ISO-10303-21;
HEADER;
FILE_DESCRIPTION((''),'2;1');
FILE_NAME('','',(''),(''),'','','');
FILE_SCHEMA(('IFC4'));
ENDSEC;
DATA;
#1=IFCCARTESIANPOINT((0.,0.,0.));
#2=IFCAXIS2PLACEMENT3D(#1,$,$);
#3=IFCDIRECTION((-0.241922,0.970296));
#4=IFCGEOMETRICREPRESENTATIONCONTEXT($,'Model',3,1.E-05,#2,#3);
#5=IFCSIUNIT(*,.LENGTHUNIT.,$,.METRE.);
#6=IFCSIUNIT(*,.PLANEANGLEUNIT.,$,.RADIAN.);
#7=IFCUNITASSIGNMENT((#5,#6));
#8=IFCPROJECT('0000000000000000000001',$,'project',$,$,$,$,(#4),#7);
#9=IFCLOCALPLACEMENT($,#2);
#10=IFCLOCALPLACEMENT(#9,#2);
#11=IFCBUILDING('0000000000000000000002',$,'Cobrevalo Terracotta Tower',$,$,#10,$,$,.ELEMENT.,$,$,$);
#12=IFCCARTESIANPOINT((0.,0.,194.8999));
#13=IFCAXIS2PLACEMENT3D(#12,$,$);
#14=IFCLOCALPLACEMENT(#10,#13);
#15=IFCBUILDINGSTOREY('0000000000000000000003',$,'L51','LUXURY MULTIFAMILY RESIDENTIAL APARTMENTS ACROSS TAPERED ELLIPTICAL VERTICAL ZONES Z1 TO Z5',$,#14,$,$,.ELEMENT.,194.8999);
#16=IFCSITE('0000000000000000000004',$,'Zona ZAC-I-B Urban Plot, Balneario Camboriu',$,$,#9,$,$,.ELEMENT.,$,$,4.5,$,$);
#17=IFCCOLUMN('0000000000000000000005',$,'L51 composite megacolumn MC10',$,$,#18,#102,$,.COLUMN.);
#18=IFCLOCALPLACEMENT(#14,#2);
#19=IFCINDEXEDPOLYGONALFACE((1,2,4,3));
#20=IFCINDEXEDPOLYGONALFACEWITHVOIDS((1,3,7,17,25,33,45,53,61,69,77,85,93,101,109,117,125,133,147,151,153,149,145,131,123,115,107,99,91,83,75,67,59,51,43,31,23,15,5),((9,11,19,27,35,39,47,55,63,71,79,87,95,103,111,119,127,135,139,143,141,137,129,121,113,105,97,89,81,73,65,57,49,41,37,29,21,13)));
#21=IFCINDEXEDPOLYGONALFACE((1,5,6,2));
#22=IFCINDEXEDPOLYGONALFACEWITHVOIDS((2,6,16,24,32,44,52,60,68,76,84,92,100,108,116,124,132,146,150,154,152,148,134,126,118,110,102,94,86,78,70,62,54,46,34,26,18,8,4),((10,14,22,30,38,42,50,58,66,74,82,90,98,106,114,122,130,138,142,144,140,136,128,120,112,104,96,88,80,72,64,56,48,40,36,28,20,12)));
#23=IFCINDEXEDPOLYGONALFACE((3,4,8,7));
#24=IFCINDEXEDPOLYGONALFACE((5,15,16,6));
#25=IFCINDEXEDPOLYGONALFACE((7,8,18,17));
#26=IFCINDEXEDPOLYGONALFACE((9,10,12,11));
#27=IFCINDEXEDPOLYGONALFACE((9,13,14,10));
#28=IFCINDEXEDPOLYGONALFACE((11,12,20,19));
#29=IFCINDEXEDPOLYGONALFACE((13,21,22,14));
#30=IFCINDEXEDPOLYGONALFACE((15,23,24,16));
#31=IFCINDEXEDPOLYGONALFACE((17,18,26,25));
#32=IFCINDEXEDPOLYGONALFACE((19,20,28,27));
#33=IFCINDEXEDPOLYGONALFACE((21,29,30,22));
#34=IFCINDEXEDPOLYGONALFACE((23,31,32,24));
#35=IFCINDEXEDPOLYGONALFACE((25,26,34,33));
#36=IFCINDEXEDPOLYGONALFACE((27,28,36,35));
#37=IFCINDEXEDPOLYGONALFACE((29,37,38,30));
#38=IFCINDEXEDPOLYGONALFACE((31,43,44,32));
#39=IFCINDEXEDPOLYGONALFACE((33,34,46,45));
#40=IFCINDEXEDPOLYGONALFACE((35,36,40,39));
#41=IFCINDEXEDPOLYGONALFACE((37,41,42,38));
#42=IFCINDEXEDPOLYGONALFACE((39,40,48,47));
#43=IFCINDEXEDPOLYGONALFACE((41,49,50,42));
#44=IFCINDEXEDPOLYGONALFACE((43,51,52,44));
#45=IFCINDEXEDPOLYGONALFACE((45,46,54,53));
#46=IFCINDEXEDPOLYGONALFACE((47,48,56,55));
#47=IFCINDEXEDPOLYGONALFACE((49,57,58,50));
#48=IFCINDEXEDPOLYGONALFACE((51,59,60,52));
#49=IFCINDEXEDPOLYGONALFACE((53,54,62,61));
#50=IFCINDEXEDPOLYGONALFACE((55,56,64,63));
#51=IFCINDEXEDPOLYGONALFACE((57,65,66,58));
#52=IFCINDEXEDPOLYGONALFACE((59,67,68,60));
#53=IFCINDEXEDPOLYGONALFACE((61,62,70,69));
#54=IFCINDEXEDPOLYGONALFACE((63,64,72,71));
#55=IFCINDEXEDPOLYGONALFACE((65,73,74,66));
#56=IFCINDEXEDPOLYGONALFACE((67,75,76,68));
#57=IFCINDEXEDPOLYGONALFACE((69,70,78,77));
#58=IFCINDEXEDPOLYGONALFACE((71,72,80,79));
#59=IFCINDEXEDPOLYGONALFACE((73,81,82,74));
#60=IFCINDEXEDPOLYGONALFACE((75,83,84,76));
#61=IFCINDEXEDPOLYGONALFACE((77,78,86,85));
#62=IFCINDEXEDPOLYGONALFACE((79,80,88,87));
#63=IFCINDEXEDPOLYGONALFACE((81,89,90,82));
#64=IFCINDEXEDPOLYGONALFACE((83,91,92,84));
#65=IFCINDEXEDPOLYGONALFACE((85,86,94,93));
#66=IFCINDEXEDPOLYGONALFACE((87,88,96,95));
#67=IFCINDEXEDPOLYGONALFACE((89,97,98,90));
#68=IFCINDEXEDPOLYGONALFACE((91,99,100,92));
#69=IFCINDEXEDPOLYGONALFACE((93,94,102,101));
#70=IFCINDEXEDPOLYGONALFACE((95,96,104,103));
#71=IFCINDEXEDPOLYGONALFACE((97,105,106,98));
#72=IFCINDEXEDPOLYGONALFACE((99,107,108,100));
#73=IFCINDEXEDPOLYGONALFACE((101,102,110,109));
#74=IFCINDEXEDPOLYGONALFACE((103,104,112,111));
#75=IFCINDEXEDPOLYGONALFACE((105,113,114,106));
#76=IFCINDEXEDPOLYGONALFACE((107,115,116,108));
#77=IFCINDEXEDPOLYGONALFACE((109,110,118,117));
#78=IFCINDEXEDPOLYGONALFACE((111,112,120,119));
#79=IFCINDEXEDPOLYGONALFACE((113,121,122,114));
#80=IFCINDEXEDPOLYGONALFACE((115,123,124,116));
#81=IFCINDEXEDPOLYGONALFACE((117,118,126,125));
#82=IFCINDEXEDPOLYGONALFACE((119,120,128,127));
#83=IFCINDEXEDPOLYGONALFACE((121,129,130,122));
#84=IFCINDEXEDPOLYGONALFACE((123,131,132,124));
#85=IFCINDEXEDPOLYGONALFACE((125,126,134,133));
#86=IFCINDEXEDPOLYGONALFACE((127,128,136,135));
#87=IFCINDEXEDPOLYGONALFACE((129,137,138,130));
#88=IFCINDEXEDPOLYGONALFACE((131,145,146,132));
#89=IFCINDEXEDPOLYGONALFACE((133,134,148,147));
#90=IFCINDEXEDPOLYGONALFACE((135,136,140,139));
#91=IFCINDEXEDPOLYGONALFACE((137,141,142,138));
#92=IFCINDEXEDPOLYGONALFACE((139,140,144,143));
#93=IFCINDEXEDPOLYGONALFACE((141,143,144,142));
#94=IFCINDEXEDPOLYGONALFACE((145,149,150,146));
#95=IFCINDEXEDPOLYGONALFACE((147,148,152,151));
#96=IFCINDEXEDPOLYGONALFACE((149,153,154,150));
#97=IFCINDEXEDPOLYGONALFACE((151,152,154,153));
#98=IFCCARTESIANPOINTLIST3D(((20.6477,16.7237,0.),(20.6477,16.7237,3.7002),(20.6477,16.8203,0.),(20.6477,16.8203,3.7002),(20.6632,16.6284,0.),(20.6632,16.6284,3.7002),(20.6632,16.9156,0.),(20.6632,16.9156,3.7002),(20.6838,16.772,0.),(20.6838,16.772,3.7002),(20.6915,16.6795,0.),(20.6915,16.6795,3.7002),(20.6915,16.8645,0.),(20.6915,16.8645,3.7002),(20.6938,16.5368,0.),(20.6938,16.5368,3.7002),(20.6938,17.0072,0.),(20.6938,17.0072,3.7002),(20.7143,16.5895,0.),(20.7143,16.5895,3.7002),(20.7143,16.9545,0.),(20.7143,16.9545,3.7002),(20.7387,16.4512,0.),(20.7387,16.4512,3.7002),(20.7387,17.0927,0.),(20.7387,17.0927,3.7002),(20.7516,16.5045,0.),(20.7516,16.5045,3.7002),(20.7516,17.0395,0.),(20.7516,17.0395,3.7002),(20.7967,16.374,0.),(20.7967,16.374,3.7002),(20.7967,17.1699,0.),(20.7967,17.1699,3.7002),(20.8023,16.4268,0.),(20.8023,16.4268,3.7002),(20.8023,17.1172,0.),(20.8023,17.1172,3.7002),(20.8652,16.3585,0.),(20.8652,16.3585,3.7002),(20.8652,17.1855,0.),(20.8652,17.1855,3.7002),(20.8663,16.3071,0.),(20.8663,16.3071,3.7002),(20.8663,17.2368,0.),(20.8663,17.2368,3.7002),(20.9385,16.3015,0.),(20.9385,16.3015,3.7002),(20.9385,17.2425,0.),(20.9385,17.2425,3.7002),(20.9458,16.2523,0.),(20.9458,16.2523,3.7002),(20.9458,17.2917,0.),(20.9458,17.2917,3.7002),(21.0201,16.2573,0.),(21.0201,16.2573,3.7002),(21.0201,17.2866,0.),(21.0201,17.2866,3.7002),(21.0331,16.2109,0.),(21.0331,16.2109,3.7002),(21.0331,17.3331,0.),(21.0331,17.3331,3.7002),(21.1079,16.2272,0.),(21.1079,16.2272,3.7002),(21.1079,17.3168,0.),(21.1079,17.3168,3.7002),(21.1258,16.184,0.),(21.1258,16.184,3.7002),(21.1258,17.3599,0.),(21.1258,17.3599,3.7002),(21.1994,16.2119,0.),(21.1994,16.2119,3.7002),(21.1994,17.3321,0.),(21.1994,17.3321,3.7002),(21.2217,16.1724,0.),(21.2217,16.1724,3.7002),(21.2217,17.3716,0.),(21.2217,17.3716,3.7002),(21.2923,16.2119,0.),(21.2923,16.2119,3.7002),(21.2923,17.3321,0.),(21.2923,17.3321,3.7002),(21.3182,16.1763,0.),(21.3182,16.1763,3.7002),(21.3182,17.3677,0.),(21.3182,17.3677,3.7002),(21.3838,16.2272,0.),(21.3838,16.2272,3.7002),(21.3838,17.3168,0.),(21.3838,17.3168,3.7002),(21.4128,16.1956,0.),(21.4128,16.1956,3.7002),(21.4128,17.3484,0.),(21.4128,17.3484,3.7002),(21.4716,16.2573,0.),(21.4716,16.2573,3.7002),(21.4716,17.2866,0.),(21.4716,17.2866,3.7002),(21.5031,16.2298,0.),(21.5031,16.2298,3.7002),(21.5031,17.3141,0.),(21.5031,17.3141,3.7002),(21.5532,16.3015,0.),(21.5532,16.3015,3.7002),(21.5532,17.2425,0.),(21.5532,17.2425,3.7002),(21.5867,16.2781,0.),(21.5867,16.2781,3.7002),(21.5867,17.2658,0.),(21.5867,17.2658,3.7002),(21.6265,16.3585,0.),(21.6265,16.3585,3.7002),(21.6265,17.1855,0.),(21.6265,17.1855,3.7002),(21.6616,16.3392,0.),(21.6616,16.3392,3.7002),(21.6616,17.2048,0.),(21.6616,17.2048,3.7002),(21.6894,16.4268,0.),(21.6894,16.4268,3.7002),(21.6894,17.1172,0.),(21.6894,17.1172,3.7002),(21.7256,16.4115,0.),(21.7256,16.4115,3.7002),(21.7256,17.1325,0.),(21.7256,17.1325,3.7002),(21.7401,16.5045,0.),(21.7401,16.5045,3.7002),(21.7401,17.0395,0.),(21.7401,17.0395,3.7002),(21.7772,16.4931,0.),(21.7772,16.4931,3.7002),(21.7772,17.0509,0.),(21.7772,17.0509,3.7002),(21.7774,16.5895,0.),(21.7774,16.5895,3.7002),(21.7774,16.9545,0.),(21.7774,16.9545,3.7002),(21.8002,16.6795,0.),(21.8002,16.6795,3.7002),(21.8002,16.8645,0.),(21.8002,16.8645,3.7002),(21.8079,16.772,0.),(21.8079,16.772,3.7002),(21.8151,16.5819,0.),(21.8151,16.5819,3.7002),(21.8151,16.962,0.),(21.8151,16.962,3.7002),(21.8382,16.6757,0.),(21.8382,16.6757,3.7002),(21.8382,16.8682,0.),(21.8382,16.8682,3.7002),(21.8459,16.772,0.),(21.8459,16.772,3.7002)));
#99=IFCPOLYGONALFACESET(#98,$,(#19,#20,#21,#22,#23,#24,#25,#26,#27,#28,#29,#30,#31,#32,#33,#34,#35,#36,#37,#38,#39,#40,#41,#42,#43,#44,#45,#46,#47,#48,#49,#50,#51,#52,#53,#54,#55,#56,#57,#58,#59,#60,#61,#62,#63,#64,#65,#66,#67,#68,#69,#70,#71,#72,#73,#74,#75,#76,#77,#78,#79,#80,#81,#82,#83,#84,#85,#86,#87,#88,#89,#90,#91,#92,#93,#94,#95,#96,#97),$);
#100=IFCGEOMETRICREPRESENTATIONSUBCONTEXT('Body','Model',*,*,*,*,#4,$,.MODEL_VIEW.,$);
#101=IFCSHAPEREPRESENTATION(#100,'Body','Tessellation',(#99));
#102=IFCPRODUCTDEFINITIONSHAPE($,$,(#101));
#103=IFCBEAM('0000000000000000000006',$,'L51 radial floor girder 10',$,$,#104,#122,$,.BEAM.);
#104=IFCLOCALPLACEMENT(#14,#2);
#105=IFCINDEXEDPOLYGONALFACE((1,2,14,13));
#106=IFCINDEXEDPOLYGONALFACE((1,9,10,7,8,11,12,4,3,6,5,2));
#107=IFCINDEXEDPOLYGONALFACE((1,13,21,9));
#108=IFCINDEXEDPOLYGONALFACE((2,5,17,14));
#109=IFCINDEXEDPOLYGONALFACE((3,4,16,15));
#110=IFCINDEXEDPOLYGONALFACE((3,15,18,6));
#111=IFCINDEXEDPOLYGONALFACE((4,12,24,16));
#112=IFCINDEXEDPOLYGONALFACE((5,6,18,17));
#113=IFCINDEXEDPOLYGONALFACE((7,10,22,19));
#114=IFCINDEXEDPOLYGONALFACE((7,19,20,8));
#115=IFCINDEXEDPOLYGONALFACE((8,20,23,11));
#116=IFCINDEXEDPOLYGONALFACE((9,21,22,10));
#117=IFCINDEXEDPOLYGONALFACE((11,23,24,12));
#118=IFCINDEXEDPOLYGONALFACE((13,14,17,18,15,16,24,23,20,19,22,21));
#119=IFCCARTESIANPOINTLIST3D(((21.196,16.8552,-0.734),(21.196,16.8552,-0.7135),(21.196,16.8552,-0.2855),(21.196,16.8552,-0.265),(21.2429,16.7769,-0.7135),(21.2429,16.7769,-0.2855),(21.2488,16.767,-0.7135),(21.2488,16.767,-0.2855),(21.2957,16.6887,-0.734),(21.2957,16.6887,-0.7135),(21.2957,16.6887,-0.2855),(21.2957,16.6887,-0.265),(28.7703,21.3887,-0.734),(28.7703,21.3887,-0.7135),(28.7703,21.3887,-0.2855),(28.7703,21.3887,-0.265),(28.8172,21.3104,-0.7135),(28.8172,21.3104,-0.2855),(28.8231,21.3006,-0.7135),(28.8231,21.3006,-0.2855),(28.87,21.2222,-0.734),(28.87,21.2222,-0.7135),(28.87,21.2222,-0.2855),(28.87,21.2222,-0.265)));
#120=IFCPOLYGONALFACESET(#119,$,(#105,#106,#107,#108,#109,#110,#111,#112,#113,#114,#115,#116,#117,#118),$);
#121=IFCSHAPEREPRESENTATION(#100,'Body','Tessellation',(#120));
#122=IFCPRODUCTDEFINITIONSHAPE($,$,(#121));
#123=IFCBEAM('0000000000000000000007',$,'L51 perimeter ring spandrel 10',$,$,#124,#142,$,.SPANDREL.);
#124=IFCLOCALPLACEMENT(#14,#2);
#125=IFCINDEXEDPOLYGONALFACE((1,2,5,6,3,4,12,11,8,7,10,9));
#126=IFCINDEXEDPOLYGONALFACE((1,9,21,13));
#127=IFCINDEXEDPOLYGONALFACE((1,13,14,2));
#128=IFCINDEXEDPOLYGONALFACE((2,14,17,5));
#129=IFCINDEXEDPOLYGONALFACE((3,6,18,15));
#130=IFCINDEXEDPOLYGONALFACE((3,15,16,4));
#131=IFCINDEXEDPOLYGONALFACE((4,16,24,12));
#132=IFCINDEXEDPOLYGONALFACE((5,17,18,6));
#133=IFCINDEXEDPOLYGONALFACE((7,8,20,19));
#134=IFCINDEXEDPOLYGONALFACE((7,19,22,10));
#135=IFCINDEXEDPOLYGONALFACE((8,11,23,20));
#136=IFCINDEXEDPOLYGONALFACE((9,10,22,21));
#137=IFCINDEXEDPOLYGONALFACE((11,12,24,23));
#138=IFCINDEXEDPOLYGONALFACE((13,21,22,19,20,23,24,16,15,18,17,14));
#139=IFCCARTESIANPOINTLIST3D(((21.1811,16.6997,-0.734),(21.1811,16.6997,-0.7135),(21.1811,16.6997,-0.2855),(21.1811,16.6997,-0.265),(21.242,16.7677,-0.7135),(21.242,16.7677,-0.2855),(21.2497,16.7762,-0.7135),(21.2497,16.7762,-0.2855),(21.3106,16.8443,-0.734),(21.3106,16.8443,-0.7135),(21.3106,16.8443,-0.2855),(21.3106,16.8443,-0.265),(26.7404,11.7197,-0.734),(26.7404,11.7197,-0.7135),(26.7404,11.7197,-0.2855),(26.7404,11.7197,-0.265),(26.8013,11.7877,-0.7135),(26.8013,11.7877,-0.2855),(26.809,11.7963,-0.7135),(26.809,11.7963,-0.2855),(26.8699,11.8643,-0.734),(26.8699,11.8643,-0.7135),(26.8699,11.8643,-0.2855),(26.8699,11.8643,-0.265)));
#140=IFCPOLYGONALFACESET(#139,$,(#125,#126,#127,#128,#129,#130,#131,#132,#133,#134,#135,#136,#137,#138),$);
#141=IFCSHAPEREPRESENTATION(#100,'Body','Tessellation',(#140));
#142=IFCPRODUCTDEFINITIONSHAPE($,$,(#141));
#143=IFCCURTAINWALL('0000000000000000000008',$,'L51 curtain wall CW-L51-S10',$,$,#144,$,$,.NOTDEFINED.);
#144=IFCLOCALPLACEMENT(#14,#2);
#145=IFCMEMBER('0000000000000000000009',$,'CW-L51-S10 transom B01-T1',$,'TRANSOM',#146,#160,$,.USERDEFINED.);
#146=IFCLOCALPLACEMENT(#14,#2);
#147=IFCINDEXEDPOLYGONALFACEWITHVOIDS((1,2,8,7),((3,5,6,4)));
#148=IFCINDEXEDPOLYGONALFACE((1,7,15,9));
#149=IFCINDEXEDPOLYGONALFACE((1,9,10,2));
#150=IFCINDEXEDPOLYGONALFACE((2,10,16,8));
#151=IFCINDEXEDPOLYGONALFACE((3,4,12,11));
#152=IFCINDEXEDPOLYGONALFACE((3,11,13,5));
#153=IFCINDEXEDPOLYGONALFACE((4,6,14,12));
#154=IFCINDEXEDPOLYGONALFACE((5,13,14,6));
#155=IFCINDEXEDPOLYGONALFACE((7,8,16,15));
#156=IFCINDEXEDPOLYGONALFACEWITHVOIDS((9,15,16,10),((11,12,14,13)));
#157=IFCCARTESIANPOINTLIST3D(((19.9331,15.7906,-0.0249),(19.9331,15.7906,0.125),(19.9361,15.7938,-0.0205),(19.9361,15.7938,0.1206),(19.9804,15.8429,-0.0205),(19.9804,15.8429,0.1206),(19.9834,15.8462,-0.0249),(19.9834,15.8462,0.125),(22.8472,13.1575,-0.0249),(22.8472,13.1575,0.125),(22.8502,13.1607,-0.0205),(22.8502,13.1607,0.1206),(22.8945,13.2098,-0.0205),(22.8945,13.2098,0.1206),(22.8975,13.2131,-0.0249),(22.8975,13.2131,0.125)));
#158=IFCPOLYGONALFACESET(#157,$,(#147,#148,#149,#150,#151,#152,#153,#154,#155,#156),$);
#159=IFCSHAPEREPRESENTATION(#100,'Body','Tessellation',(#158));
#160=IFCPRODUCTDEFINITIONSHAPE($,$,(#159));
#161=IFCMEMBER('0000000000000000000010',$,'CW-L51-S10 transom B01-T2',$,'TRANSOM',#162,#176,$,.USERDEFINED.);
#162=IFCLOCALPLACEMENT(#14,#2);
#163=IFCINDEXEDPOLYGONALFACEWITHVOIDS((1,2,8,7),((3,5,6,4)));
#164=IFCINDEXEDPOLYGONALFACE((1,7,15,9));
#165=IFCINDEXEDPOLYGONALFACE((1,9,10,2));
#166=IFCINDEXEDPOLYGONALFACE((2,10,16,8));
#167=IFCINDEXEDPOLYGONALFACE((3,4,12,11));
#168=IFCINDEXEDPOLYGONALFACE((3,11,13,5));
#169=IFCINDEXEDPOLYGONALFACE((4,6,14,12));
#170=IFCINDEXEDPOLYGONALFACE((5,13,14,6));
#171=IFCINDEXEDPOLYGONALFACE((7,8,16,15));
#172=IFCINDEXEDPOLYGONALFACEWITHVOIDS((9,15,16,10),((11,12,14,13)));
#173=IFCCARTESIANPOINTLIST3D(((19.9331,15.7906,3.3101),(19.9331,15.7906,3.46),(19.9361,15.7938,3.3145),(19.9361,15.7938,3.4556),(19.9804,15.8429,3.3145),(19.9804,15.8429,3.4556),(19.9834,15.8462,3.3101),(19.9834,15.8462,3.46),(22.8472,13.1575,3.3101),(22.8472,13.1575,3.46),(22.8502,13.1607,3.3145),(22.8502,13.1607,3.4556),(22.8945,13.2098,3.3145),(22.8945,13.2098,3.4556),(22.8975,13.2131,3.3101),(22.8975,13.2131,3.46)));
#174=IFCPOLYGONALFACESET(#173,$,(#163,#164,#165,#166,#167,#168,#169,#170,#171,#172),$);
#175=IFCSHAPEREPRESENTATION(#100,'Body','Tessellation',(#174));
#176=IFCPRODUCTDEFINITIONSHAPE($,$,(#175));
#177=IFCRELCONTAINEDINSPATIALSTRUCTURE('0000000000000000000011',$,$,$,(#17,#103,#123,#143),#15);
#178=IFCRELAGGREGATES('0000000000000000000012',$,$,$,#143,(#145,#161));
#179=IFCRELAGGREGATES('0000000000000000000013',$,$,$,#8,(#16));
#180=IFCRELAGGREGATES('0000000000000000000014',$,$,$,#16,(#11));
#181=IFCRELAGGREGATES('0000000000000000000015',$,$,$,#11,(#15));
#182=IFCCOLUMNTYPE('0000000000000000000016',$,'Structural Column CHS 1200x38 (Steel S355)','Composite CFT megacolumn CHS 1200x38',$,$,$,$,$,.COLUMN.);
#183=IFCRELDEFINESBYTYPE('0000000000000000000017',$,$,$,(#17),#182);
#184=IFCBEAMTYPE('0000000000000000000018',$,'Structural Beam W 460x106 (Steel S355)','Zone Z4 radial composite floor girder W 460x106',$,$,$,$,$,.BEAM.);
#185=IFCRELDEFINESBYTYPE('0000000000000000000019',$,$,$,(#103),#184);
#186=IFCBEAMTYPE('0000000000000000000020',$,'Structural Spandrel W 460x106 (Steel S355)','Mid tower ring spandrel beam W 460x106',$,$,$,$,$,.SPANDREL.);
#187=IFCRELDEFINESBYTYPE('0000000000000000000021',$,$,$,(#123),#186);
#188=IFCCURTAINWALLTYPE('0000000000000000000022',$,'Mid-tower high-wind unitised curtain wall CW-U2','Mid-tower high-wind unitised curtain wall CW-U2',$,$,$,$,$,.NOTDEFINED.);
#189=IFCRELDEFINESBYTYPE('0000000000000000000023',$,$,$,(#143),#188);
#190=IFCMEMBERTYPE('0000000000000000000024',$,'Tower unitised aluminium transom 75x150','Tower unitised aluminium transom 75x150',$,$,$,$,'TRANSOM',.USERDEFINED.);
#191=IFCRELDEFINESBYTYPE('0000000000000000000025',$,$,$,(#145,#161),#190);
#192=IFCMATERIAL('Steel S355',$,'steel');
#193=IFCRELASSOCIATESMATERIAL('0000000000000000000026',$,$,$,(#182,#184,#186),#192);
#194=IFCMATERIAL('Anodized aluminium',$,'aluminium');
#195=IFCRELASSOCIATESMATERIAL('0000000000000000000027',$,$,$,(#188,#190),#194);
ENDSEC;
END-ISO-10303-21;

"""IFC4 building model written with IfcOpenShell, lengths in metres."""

from ifc_helpers import new_model, si_unit, direction, frame, origin, origin_2d, place, context, subcontext, project, spatial, hollow_rectangle, hollow_circle, i_section, extrude, source, transform, mapped, material, material_profile, profile_set, type_object, element, aggregate, save


model = new_model("IFC4")

# Units and contexts
model_context = context("Model", 3, precision=1e-05, world=origin(), true_north=direction((-0.241922, 0.970296)))
body_context = subcontext(model_context, "Body", "Model", "MODEL_VIEW")
ifc_project = project(units=[si_unit("LENGTHUNIT", "METRE"), si_unit("PLANEANGLEUNIT", "RADIAN")], contexts=[model_context])

# Site, building, storey
site_placement = place(None, origin())
site = spatial("IfcSite", under=ifc_project, at=site_placement, Name="Zona ZAC-I-B Urban Plot, Balneario Camboriu", CompositionType="ELEMENT", RefElevation=4.5)
building_placement = place(site_placement, origin())
building = spatial("IfcBuilding", under=site, at=building_placement, Name="Cobrevalo Terracotta Tower", CompositionType="ELEMENT")
storey_placement = place(building_placement, frame((0.0, 0.0, 194.8999)))
storey = spatial("IfcBuildingStorey", under=building, at=storey_placement, Name="L51", Description="LUXURY MULTIFAMILY RESIDENTIAL APARTMENTS ACROSS TAPERED ELLIPTICAL VERTICAL ZONES Z1 TO Z5", CompositionType="ELEMENT", Elevation=194.8999)

# Column
ifc_material_1 = material(Name="Steel S355", Category="steel")
ifc_material_profile_1 = material_profile(ifc_material_1, hollow_circle(Radius=0.6001, WallThickness=0.0381, at=origin_2d()), Name="CHS 1200x38")
ifc_profile_set_1 = profile_set([ifc_material_profile_1], Name="Steel S355")
column_type = type_object("IfcColumnType", Name="Structural Column CHS 1200x38 (Steel S355)", Description="Composite CFT megacolumn CHS 1200x38", PredefinedType="COLUMN", material=ifc_profile_set_1)
column_placement = place(storey_placement, frame((21.2458, 16.772, 0.0), z_axis=(0.0, 0.0, 1.0), x_axis=(1.0, 0.0, 0.0)))
element("IfcColumn", 1, at=column_placement, inside=storey, type_object=column_type, Name="L51 composite megacolumn MC10", PredefinedType="COLUMN", context=body_context, shape_type="SweptSolid", body=[
    extrude(hollow_circle(Radius=0.6001, WallThickness=0.0381, at=origin_2d()), origin(), (0.0, 0.0, 1.0), 3.7002),
])

# Beams
ifc_material_profile_2 = material_profile(ifc_material_1, i_section(OverallWidth=0.1941, OverallDepth=0.469, WebThickness=0.0115, FlangeThickness=0.0205, at=origin_2d()), Name="W 460x106")
ifc_profile_set_2 = profile_set([ifc_material_profile_2], Name="Steel S355")
beam_type_1 = type_object("IfcBeamType", Name="Structural Beam W 460x106 (Steel S355)", Description="Zone Z4 radial composite floor girder W 460x106", PredefinedType="BEAM", material=ifc_profile_set_2)
beam_1_placement = place(storey_placement, frame((21.2458, 16.772, -0.4995), z_axis=(0.858046, 0.513572, 0.0), x_axis=(-0.513572, 0.858046, 0.0)))
element("IfcBeam", 2, at=beam_1_placement, inside=storey, type_object=beam_type_1, Name="L51 radial floor girder 10", PredefinedType="BEAM", context=body_context, shape_type="SweptSolid", body=[
    extrude(i_section(OverallWidth=0.1941, OverallDepth=0.469, WebThickness=0.0115, FlangeThickness=0.0205, at=origin_2d()), origin(), (0.0, 0.0, 1.0), 8.8274),
])
ifc_material_profile_3 = material_profile(ifc_material_1, i_section(OverallWidth=0.1941, OverallDepth=0.469, WebThickness=0.0115, FlangeThickness=0.0205, at=origin_2d()), Name="W 460x106")
ifc_profile_set_3 = profile_set([ifc_material_profile_3], Name="Steel S355")
beam_type_2 = type_object("IfcBeamType", Name="Structural Spandrel W 460x106 (Steel S355)", Description="Mid tower ring spandrel beam W 460x106", PredefinedType="SPANDREL", material=ifc_profile_set_3)
beam_2_placement = place(storey_placement, frame((21.2458, 16.772, -0.4995), z_axis=(0.744852, -0.66723, 0.0), x_axis=(0.66723, 0.744852, 0.0)))
element("IfcBeam", 3, at=beam_2_placement, inside=storey, type_object=beam_type_2, Name="L51 perimeter ring spandrel 10", PredefinedType="SPANDREL", context=body_context, shape_type="SweptSolid", body=[
    extrude(i_section(OverallWidth=0.1941, OverallDepth=0.469, WebThickness=0.0115, FlangeThickness=0.0205, at=origin_2d()), origin(), (0.0, 0.0, 1.0), 7.4636),
])

# Curtain wall, members
ifc_material_2 = material(Name="Anodized aluminium", Category="aluminium")
curtain_wall_type = type_object("IfcCurtainWallType", Name="Mid-tower high-wind unitised curtain wall CW-U2", Description="Mid-tower high-wind unitised curtain wall CW-U2", PredefinedType="NOTDEFINED", material=ifc_material_2)
curtain_wall_1_placement = place(storey_placement, origin())
curtain_wall_1 = element("IfcCurtainWall", 4, at=curtain_wall_1_placement, inside=storey, type_object=curtain_wall_type, Name="L51 curtain wall CW-L51-S10", PredefinedType="NOTDEFINED")
ifc_material_profile_4 = material_profile(ifc_material_2, hollow_rectangle(XDim=0.075, YDim=0.1499, WallThickness=0.0044, at=origin_2d()), Name="CWT 75x150")
ifc_profile_set_4 = profile_set([ifc_material_profile_4], Name="Anodized aluminium")
member_type_1 = type_object("IfcMemberType", Name="Tower unitised aluminium transom 75x150", Description="Tower unitised aluminium transom 75x150", ElementType="TRANSOM", PredefinedType="USERDEFINED", material=ifc_profile_set_4)
shared_shape_1 = source(origin(), body_context, "Body", "SweptSolid", [
    extrude(hollow_rectangle(XDim=0.075, YDim=0.1499, WallThickness=0.0044, at=origin_2d()), origin(), (0.0, 0.0, 1.0), 3.9275),
])
member_1_placement = place(storey_placement, frame((19.9583, 15.8184, 0.05), z_axis=(0.741976, -0.670426, 0.0), x_axis=(0.670426, 0.741976, 0.0)))
member_1 = element("IfcMember", 5, at=member_1_placement, type_object=member_type_1, Name="CW-L51-S10 transom B01-T1", ObjectType="TRANSOM", PredefinedType="USERDEFINED", context=body_context, shape_type="MappedRepresentation", body=[
    mapped(shared_shape_1, transform((0.0, 0.0, 0.0), scale=1.0)),
])
member_2_placement = place(storey_placement, frame((19.9583, 15.8184, 3.385), z_axis=(0.741976, -0.670426, 0.0), x_axis=(0.670426, 0.741976, 0.0)))
member_2 = element("IfcMember", 6, at=member_2_placement, type_object=member_type_1, Name="CW-L51-S10 transom B01-T2", ObjectType="TRANSOM", PredefinedType="USERDEFINED", context=body_context, shape_type="MappedRepresentation", body=[
    mapped(shared_shape_1, transform((0.0, 0.0, 0.0), scale=1.0)),
])

aggregate(curtain_wall_1, [member_1, member_2])

save(model, "model.ifc")
